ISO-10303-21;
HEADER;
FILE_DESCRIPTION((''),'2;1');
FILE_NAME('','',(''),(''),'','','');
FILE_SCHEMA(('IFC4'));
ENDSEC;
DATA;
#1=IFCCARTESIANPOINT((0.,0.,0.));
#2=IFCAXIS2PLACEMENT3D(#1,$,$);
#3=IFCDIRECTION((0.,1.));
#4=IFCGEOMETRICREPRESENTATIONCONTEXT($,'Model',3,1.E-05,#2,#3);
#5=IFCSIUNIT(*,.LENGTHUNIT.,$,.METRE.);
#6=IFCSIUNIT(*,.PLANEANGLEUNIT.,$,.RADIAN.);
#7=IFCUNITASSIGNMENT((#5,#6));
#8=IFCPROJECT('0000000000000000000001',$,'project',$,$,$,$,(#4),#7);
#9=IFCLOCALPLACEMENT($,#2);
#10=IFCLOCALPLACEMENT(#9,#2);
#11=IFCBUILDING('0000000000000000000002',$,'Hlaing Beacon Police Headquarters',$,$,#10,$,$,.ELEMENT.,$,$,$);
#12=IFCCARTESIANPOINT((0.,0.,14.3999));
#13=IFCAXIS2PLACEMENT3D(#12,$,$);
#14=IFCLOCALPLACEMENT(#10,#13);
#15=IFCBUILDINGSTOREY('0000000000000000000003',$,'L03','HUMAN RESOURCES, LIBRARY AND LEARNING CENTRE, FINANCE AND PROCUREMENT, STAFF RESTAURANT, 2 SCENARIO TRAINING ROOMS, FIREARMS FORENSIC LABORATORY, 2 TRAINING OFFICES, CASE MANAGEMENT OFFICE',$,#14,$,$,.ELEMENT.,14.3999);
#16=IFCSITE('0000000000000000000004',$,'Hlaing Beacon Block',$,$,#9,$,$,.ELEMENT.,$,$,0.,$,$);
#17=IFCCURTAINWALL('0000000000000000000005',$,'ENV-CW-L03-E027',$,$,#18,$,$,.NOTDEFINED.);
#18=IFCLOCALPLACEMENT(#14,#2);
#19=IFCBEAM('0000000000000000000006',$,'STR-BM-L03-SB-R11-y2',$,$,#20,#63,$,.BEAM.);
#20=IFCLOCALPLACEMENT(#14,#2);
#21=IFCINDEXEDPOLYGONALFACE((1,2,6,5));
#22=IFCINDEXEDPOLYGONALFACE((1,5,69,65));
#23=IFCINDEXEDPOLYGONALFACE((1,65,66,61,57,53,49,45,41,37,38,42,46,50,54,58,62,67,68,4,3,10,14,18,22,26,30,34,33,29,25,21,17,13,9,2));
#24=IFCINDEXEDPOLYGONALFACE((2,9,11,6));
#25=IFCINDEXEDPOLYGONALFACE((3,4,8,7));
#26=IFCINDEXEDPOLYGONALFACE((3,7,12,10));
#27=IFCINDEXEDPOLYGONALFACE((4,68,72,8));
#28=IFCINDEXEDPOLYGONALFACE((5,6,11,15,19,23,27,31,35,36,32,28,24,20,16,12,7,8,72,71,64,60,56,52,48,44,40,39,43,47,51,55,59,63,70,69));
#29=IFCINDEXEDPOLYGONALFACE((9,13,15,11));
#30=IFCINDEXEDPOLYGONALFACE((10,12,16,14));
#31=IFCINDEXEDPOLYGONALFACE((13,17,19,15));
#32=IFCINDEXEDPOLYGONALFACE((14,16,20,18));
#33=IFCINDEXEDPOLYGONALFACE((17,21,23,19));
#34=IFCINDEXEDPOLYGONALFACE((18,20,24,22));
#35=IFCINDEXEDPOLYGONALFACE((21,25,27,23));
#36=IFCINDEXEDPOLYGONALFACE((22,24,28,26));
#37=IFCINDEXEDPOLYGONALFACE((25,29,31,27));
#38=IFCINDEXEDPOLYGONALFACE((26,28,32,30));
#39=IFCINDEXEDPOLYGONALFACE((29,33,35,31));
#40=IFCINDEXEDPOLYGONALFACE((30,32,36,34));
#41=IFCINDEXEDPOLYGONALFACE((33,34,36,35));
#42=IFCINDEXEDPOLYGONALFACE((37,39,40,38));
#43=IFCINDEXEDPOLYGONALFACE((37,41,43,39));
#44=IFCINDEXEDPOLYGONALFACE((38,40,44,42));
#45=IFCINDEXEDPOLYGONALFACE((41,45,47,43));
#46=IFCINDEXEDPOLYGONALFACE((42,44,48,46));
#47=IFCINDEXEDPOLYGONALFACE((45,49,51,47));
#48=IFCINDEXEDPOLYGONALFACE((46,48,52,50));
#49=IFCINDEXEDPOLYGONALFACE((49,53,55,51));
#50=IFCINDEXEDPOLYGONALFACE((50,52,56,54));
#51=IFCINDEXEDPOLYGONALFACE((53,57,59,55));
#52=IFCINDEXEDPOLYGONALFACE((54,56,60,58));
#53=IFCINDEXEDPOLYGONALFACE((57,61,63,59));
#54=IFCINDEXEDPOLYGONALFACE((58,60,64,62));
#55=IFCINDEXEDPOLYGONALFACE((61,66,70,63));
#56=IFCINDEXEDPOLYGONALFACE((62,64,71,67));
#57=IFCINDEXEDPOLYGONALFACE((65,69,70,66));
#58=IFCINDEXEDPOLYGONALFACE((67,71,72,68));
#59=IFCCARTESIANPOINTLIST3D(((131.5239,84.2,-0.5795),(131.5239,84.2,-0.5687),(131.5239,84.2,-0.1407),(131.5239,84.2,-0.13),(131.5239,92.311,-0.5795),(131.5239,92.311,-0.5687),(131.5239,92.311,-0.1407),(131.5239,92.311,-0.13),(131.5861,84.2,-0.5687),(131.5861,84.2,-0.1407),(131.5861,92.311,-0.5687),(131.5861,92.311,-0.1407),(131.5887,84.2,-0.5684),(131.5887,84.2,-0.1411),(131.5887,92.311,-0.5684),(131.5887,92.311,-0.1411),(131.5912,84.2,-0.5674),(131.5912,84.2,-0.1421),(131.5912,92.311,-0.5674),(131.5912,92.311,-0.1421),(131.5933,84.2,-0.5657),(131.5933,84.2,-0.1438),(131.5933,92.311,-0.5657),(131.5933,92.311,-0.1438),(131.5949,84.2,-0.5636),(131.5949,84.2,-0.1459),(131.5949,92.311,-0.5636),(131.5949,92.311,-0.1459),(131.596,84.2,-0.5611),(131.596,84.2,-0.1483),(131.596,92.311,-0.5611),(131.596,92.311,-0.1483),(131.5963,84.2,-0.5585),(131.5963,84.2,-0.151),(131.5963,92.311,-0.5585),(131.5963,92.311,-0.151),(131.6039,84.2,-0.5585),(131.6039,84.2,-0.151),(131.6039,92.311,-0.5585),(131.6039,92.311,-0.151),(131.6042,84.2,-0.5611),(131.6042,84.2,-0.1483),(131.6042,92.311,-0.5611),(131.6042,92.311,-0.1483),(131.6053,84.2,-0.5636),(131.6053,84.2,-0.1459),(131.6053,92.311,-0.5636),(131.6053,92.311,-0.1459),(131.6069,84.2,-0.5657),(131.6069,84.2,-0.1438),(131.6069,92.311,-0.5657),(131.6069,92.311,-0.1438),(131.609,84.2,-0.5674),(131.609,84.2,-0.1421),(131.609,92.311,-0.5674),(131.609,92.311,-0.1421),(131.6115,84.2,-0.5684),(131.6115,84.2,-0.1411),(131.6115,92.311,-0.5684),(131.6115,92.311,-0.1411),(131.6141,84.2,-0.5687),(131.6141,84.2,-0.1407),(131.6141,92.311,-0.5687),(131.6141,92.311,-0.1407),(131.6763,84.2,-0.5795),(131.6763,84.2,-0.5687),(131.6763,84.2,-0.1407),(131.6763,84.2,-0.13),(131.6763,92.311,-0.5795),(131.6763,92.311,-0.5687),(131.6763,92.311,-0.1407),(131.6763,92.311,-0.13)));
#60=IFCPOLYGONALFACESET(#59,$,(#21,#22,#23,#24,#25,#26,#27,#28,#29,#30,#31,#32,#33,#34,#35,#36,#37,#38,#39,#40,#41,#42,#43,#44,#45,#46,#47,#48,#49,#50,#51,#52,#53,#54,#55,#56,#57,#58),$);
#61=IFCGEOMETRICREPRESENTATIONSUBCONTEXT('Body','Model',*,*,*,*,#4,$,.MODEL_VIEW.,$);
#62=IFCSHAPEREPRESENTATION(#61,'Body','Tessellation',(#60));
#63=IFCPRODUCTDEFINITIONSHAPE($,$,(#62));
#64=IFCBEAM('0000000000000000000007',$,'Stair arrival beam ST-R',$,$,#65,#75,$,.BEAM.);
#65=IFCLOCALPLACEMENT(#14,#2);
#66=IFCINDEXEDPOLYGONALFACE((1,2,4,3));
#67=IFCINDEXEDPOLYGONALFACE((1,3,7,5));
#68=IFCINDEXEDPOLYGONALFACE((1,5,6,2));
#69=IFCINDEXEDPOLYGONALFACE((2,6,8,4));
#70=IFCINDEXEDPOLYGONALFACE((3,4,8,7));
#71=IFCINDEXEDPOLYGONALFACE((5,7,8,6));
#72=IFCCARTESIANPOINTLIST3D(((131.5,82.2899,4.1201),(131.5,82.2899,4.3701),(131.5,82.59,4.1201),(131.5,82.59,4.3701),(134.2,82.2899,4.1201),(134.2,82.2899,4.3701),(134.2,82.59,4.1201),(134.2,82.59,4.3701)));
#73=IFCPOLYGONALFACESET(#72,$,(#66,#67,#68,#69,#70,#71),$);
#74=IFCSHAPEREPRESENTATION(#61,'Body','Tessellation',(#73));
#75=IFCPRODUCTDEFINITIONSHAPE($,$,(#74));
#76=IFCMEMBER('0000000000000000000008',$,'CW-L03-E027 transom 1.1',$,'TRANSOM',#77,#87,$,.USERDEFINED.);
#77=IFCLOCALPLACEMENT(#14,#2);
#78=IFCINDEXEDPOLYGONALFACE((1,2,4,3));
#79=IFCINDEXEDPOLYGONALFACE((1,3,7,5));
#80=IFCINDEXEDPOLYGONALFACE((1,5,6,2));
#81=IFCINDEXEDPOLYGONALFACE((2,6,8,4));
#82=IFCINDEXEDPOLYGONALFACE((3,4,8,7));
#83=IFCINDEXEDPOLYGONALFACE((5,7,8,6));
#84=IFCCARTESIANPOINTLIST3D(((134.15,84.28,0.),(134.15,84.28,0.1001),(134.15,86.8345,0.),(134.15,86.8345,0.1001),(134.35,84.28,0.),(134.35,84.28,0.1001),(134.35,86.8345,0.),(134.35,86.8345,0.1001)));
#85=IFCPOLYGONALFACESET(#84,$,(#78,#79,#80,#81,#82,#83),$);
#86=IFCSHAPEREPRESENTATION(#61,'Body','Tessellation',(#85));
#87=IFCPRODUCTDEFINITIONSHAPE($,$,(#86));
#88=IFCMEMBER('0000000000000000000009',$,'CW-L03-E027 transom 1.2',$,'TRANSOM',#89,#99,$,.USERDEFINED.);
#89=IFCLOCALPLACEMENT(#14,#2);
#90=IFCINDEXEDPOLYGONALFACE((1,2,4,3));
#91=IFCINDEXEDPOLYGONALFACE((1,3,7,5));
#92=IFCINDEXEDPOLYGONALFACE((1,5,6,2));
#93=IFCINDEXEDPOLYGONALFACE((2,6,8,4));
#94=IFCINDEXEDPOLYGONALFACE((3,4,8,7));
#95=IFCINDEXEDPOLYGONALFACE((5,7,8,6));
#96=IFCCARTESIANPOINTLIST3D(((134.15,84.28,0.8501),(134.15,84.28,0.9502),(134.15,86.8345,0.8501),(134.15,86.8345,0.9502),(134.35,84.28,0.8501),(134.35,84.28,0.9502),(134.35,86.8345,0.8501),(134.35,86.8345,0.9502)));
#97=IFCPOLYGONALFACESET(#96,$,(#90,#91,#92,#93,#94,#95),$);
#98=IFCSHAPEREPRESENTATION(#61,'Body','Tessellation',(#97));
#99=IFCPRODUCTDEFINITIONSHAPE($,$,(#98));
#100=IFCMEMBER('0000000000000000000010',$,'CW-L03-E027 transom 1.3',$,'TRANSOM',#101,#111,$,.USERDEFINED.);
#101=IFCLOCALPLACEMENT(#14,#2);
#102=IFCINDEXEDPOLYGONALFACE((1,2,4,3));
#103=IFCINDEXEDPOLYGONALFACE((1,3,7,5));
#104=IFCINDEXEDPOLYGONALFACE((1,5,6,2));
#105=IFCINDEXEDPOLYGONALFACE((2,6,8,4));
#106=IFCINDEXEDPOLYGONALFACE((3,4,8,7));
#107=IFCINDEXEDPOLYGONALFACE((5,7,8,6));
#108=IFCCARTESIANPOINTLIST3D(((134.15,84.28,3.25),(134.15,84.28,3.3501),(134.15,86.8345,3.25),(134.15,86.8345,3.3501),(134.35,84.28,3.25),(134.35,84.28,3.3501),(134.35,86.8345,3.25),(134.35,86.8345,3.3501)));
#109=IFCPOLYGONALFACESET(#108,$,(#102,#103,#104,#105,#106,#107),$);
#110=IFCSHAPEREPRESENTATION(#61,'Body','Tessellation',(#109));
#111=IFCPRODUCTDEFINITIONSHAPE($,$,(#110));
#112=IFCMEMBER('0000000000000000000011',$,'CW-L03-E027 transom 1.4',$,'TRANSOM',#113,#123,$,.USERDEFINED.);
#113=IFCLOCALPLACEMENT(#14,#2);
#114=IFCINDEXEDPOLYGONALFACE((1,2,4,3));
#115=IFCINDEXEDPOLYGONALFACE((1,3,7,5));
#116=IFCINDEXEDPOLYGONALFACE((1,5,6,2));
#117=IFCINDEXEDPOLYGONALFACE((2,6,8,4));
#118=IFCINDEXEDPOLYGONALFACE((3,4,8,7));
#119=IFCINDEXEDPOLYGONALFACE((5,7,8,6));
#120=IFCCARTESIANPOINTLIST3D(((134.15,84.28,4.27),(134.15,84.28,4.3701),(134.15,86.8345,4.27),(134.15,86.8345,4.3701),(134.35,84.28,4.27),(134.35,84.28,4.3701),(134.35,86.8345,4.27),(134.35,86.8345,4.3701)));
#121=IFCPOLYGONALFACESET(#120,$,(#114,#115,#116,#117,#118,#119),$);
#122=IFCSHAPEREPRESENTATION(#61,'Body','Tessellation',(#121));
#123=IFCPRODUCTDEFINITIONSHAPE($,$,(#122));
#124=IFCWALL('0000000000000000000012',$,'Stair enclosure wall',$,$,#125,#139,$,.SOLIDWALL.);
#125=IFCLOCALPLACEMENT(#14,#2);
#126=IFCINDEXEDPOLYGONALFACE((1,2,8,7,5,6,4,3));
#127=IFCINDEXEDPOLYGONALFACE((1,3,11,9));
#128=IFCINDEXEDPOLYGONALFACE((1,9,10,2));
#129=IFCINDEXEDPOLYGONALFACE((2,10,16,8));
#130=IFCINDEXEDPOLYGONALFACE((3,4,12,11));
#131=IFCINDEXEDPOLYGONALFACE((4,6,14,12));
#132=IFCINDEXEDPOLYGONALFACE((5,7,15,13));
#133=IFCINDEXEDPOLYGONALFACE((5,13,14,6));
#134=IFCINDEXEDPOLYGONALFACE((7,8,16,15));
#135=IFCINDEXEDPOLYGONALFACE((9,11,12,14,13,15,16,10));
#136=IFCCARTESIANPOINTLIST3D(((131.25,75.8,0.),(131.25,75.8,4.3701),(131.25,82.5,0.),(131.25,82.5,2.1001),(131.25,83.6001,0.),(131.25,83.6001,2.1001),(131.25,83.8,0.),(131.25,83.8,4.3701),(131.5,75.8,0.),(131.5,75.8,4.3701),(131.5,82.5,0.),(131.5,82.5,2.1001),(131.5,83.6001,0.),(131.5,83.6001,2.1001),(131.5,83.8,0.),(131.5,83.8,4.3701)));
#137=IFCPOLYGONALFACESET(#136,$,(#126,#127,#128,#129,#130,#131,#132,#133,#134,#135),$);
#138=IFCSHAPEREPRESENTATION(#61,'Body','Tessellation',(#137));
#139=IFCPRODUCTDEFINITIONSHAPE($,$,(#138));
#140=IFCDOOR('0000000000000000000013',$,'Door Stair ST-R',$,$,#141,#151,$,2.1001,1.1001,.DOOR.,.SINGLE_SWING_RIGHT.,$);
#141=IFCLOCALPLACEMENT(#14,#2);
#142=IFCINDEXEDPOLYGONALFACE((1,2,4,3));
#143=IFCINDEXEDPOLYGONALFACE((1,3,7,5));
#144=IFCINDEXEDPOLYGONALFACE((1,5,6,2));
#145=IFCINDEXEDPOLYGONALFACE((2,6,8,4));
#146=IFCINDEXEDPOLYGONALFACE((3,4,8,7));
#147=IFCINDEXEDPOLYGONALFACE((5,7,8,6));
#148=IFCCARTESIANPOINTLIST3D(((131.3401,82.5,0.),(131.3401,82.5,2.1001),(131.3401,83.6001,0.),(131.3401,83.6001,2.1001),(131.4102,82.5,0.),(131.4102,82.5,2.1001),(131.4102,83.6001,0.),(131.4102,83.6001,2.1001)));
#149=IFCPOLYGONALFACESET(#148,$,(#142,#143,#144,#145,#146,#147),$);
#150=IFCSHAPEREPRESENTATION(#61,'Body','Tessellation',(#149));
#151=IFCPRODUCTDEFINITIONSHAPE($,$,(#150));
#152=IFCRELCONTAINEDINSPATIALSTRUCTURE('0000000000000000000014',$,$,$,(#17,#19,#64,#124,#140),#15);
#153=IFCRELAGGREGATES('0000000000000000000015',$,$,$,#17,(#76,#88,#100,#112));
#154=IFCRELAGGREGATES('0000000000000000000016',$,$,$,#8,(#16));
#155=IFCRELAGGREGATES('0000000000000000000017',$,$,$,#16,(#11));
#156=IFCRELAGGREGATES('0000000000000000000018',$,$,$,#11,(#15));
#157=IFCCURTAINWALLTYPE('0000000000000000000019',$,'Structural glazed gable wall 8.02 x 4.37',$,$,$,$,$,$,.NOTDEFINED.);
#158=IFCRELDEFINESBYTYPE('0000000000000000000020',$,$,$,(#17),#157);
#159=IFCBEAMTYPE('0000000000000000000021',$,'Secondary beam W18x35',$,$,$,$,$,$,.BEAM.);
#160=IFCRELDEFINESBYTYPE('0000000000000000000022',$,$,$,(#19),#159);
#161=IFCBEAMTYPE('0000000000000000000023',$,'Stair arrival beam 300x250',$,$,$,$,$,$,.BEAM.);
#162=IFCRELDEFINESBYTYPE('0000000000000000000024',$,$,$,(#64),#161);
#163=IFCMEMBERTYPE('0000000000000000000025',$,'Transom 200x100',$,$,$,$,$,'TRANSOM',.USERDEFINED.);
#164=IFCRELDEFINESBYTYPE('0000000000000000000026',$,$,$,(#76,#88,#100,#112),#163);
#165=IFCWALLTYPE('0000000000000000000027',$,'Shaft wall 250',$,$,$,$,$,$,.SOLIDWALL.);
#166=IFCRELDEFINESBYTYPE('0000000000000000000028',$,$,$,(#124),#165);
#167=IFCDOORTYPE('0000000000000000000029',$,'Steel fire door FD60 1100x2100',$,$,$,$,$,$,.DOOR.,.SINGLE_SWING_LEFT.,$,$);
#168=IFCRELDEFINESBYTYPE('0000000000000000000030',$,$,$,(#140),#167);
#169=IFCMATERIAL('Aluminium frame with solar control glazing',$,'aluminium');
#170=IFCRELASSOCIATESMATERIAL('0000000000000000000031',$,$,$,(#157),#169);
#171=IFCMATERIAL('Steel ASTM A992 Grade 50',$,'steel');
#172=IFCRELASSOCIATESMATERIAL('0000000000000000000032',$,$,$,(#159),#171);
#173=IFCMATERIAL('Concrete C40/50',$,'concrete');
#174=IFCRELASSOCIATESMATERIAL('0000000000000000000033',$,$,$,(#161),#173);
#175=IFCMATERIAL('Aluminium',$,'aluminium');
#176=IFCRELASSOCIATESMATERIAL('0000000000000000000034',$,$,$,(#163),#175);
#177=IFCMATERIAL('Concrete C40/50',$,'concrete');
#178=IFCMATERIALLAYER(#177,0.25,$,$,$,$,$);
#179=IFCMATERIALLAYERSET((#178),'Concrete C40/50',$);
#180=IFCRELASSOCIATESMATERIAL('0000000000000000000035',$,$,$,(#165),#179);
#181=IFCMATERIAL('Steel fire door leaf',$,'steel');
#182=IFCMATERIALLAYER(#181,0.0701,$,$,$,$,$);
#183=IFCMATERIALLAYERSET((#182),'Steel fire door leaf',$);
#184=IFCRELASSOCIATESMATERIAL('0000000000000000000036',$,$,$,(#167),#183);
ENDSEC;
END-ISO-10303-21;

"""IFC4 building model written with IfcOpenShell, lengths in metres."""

from ifc_helpers import new_model, si_unit, direction, frame, frame_2d, origin, origin_2d, place, context, subcontext, project, spatial, rectangle, i_section, extrude, material, layer, layer_set, material_profile, profile_set, type_object, element, fill, aggregate, save


model = new_model("IFC4")

# Units and contexts
model_context = context("Model", 3, precision=1e-05, world=origin(), true_north=direction((0.0, 1.0)))
body_context = subcontext(model_context, "Body", "Model", "MODEL_VIEW")
ifc_project = project(units=[si_unit("LENGTHUNIT", "METRE"), si_unit("PLANEANGLEUNIT", "RADIAN")], contexts=[model_context])

# Site, building, storey
site_placement = place(None, origin())
site = spatial("IfcSite", under=ifc_project, at=site_placement, Name="Hlaing Beacon Block", CompositionType="ELEMENT", RefElevation=0.0)
building_placement = place(site_placement, origin())
building = spatial("IfcBuilding", under=site, at=building_placement, Name="Hlaing Beacon Police Headquarters", CompositionType="ELEMENT")
storey_placement = place(building_placement, frame((0.0, 0.0, 14.3999)))
storey = spatial("IfcBuildingStorey", under=building, at=storey_placement, Name="L03", Description="HUMAN RESOURCES, LIBRARY AND LEARNING CENTRE, FINANCE AND PROCUREMENT, STAFF RESTAURANT, 2 SCENARIO TRAINING ROOMS, FIREARMS FORENSIC LABORATORY, 2 TRAINING OFFICES, CASE MANAGEMENT OFFICE", CompositionType="ELEMENT", Elevation=14.3999)

# Curtain wall
ifc_material_1 = material(Name="Aluminium frame with solar control glazing", Category="aluminium")
curtain_wall_type = type_object("IfcCurtainWallType", Name="Structural glazed gable wall 8.02 x 4.37", PredefinedType="NOTDEFINED", material=ifc_material_1)
curtain_wall_placement = place(storey_placement, origin())
curtain_wall = element("IfcCurtainWall", 1, at=curtain_wall_placement, inside=storey, type_object=curtain_wall_type, Name="ENV-CW-L03-E027", PredefinedType="NOTDEFINED")

# Beams
ifc_material_2 = material(Name="Steel ASTM A992 Grade 50", Category="steel")
ifc_material_profile_1 = material_profile(ifc_material_2, i_section(OverallWidth=0.1523, OverallDepth=0.4495, WebThickness=0.0076, FlangeThickness=0.0107, FilletRadius=0.0103, at=origin_2d()), Name="W18x35")
ifc_profile_set_1 = profile_set([ifc_material_profile_1], Name="Steel ASTM A992 Grade 50")
beam_type_1 = type_object("IfcBeamType", Name="Secondary beam W18x35", PredefinedType="BEAM", material=ifc_profile_set_1)
for number, where, z_axis, x_axis, name in (
    (2, (131.6001, 84.2, -0.3547), (0.0, 1.0, 0.0), (-1.0, 0.0, 0.0), "STR-BM-L03-SB-R11-y2"),
):
    element("IfcBeam", number, at=place(storey_placement, frame(where, z_axis=z_axis, x_axis=x_axis)), inside=storey, type_object=beam_type_1, Name=name, PredefinedType="BEAM", context=body_context, shape_type="SweptSolid", body=[
        extrude(i_section(OverallWidth=0.1523, OverallDepth=0.4495, WebThickness=0.0076, FlangeThickness=0.0107, FilletRadius=0.0103, at=origin_2d()), origin(), (0.0, 0.0, 1.0), 8.1111),
    ])
ifc_material_3 = material(Name="Concrete C40/50", Category="concrete")
ifc_material_profile_2 = material_profile(ifc_material_3, rectangle(XDim=0.3, YDim=0.25, at=origin_2d()), Name="Stair arrival beam 300x250")
ifc_profile_set_2 = profile_set([ifc_material_profile_2], Name="Concrete C40/50")
beam_type_2 = type_object("IfcBeamType", Name="Stair arrival beam 300x250", PredefinedType="BEAM", material=ifc_profile_set_2)
beam_1_placement = place(storey_placement, frame((134.2, 82.4399, 4.2451), z_axis=(-1.0, 0.0, 0.0), x_axis=(0.0, -1.0, 0.0)))
element("IfcBeam", 3, at=beam_1_placement, inside=storey, type_object=beam_type_2, Name="Stair arrival beam ST-R", PredefinedType="BEAM", context=body_context, shape_type="SweptSolid", body=[
    extrude(rectangle(XDim=0.3, YDim=0.25, at=origin_2d()), origin(), (0.0, 0.0, 1.0), 2.7),
])

# Members
ifc_material_4 = material(Name="Aluminium", Category="aluminium")
ifc_material_profile_3 = material_profile(ifc_material_4, rectangle(XDim=0.2, YDim=0.1001, at=origin_2d()), Name="Transom 200x100")
ifc_profile_set_3 = profile_set([ifc_material_profile_3], Name="Aluminium")
member_type_1 = type_object("IfcMemberType", Name="Transom 200x100", ElementType="TRANSOM", PredefinedType="USERDEFINED", material=ifc_profile_set_3)
member_1_placement = place(storey_placement, frame((134.25, 84.28, 0.05), z_axis=(0.0, 1.0, 0.0), x_axis=(-1.0, 0.0, 0.0)))
member_1 = element("IfcMember", 4, at=member_1_placement, type_object=member_type_1, Name="CW-L03-E027 transom 1.1", ObjectType="TRANSOM", PredefinedType="USERDEFINED", context=body_context, shape_type="SweptSolid", body=[
    extrude(rectangle(XDim=0.2, YDim=0.1001, at=origin_2d()), origin(), (0.0, 0.0, 1.0), 2.5544),
])
member_2_placement = place(storey_placement, frame((134.25, 84.28, 0.9001), z_axis=(0.0, 1.0, 0.0), x_axis=(-1.0, 0.0, 0.0)))
member_2 = element("IfcMember", 5, at=member_2_placement, type_object=member_type_1, Name="CW-L03-E027 transom 1.2", ObjectType="TRANSOM", PredefinedType="USERDEFINED", context=body_context, shape_type="SweptSolid", body=[
    extrude(rectangle(XDim=0.2, YDim=0.1001, at=origin_2d()), origin(), (0.0, 0.0, 1.0), 2.5544),
])
member_3_placement = place(storey_placement, frame((134.25, 84.28, 3.3), z_axis=(0.0, 1.0, 0.0), x_axis=(-1.0, 0.0, 0.0)))
member_3 = element("IfcMember", 6, at=member_3_placement, type_object=member_type_1, Name="CW-L03-E027 transom 1.3", ObjectType="TRANSOM", PredefinedType="USERDEFINED", context=body_context, shape_type="SweptSolid", body=[
    extrude(rectangle(XDim=0.2, YDim=0.1001, at=origin_2d()), origin(), (0.0, 0.0, 1.0), 2.5544),
])
member_4_placement = place(storey_placement, frame((134.25, 84.28, 4.3201), z_axis=(0.0, 1.0, 0.0), x_axis=(-1.0, 0.0, 0.0)))
member_4 = element("IfcMember", 7, at=member_4_placement, type_object=member_type_1, Name="CW-L03-E027 transom 1.4", ObjectType="TRANSOM", PredefinedType="USERDEFINED", context=body_context, shape_type="SweptSolid", body=[
    extrude(rectangle(XDim=0.2, YDim=0.1001, at=origin_2d()), origin(), (0.0, 0.0, 1.0), 2.5544),
])
aggregate(curtain_wall, [member_1, member_2, member_3, member_4])

# Wall, opening, door
ifc_material_5 = material(Name="Concrete C40/50", Category="concrete")
ifc_layer_1 = layer(ifc_material_5, 0.25)
ifc_layer_set_1 = layer_set([ifc_layer_1], Name="Concrete C40/50")
wall_type = type_object("IfcWallType", Name="Shaft wall 250", PredefinedType="SOLIDWALL", material=ifc_layer_set_1)
wall_1_placement = place(storey_placement, frame((131.375, 83.8, 0.0), z_axis=(0.0, 0.0, 1.0), x_axis=(0.0, -1.0, 0.0)))
wall_1 = element("IfcWall", 8, at=wall_1_placement, inside=storey, type_object=wall_type, Name="Stair enclosure wall", PredefinedType="SOLIDWALL", context=body_context, shape_type="SweptSolid", body=[
    extrude(rectangle(XDim=8.0, YDim=0.25, at=frame_2d((4.0, 0.0))), origin(), (0.0, 0.0, 1.0), 4.3701),
])
opening_1_placement = place(wall_1_placement, frame((0.2, 0.0, 0.0)))
opening_1 = element("IfcOpeningElement", 9, at=opening_1_placement, cuts=wall_1, PredefinedType="OPENING", context=body_context, shape_type="SweptSolid", body=[
    extrude(rectangle(XDim=1.1001, YDim=2.1001, at=frame_2d((0.55, 1.05))), frame((0.0, 0.135, 0.0), z_axis=(0.0, -1.0, 0.0), x_axis=(1.0, 0.0, 0.0)), (0.0, 0.0, 1.0), 0.27),
])
ifc_material_6 = material(Name="Steel fire door leaf", Category="steel")
ifc_layer_2 = layer(ifc_material_6, 0.0701)
ifc_layer_set_2 = layer_set([ifc_layer_2], Name="Steel fire door leaf")
door_type_1 = type_object("IfcDoorType", Name="Steel fire door FD60 1100x2100", OperationType="SINGLE_SWING_LEFT", PredefinedType="DOOR", material=ifc_layer_set_2)
door_1_placement = place(opening_1_placement, origin())
door_1 = element("IfcDoor", 10, at=door_1_placement, inside=storey, type_object=door_type_1, Name="Door Stair ST-R", OperationType="SINGLE_SWING_RIGHT", OverallHeight=2.1001, OverallWidth=1.1001, PredefinedType="DOOR", context=body_context, shape_type="SweptSolid", body=[
    extrude(rectangle(XDim=1.1001, YDim=2.1001, at=frame_2d((0.55, 1.05))), frame((0.0, 0.0352, 0.0), z_axis=(0.0, -1.0, 0.0), x_axis=(1.0, 0.0, 0.0)), (0.0, 0.0, 1.0), 0.0701),
])
fill(opening_1, door_1)

save(model, "model.ifc")
